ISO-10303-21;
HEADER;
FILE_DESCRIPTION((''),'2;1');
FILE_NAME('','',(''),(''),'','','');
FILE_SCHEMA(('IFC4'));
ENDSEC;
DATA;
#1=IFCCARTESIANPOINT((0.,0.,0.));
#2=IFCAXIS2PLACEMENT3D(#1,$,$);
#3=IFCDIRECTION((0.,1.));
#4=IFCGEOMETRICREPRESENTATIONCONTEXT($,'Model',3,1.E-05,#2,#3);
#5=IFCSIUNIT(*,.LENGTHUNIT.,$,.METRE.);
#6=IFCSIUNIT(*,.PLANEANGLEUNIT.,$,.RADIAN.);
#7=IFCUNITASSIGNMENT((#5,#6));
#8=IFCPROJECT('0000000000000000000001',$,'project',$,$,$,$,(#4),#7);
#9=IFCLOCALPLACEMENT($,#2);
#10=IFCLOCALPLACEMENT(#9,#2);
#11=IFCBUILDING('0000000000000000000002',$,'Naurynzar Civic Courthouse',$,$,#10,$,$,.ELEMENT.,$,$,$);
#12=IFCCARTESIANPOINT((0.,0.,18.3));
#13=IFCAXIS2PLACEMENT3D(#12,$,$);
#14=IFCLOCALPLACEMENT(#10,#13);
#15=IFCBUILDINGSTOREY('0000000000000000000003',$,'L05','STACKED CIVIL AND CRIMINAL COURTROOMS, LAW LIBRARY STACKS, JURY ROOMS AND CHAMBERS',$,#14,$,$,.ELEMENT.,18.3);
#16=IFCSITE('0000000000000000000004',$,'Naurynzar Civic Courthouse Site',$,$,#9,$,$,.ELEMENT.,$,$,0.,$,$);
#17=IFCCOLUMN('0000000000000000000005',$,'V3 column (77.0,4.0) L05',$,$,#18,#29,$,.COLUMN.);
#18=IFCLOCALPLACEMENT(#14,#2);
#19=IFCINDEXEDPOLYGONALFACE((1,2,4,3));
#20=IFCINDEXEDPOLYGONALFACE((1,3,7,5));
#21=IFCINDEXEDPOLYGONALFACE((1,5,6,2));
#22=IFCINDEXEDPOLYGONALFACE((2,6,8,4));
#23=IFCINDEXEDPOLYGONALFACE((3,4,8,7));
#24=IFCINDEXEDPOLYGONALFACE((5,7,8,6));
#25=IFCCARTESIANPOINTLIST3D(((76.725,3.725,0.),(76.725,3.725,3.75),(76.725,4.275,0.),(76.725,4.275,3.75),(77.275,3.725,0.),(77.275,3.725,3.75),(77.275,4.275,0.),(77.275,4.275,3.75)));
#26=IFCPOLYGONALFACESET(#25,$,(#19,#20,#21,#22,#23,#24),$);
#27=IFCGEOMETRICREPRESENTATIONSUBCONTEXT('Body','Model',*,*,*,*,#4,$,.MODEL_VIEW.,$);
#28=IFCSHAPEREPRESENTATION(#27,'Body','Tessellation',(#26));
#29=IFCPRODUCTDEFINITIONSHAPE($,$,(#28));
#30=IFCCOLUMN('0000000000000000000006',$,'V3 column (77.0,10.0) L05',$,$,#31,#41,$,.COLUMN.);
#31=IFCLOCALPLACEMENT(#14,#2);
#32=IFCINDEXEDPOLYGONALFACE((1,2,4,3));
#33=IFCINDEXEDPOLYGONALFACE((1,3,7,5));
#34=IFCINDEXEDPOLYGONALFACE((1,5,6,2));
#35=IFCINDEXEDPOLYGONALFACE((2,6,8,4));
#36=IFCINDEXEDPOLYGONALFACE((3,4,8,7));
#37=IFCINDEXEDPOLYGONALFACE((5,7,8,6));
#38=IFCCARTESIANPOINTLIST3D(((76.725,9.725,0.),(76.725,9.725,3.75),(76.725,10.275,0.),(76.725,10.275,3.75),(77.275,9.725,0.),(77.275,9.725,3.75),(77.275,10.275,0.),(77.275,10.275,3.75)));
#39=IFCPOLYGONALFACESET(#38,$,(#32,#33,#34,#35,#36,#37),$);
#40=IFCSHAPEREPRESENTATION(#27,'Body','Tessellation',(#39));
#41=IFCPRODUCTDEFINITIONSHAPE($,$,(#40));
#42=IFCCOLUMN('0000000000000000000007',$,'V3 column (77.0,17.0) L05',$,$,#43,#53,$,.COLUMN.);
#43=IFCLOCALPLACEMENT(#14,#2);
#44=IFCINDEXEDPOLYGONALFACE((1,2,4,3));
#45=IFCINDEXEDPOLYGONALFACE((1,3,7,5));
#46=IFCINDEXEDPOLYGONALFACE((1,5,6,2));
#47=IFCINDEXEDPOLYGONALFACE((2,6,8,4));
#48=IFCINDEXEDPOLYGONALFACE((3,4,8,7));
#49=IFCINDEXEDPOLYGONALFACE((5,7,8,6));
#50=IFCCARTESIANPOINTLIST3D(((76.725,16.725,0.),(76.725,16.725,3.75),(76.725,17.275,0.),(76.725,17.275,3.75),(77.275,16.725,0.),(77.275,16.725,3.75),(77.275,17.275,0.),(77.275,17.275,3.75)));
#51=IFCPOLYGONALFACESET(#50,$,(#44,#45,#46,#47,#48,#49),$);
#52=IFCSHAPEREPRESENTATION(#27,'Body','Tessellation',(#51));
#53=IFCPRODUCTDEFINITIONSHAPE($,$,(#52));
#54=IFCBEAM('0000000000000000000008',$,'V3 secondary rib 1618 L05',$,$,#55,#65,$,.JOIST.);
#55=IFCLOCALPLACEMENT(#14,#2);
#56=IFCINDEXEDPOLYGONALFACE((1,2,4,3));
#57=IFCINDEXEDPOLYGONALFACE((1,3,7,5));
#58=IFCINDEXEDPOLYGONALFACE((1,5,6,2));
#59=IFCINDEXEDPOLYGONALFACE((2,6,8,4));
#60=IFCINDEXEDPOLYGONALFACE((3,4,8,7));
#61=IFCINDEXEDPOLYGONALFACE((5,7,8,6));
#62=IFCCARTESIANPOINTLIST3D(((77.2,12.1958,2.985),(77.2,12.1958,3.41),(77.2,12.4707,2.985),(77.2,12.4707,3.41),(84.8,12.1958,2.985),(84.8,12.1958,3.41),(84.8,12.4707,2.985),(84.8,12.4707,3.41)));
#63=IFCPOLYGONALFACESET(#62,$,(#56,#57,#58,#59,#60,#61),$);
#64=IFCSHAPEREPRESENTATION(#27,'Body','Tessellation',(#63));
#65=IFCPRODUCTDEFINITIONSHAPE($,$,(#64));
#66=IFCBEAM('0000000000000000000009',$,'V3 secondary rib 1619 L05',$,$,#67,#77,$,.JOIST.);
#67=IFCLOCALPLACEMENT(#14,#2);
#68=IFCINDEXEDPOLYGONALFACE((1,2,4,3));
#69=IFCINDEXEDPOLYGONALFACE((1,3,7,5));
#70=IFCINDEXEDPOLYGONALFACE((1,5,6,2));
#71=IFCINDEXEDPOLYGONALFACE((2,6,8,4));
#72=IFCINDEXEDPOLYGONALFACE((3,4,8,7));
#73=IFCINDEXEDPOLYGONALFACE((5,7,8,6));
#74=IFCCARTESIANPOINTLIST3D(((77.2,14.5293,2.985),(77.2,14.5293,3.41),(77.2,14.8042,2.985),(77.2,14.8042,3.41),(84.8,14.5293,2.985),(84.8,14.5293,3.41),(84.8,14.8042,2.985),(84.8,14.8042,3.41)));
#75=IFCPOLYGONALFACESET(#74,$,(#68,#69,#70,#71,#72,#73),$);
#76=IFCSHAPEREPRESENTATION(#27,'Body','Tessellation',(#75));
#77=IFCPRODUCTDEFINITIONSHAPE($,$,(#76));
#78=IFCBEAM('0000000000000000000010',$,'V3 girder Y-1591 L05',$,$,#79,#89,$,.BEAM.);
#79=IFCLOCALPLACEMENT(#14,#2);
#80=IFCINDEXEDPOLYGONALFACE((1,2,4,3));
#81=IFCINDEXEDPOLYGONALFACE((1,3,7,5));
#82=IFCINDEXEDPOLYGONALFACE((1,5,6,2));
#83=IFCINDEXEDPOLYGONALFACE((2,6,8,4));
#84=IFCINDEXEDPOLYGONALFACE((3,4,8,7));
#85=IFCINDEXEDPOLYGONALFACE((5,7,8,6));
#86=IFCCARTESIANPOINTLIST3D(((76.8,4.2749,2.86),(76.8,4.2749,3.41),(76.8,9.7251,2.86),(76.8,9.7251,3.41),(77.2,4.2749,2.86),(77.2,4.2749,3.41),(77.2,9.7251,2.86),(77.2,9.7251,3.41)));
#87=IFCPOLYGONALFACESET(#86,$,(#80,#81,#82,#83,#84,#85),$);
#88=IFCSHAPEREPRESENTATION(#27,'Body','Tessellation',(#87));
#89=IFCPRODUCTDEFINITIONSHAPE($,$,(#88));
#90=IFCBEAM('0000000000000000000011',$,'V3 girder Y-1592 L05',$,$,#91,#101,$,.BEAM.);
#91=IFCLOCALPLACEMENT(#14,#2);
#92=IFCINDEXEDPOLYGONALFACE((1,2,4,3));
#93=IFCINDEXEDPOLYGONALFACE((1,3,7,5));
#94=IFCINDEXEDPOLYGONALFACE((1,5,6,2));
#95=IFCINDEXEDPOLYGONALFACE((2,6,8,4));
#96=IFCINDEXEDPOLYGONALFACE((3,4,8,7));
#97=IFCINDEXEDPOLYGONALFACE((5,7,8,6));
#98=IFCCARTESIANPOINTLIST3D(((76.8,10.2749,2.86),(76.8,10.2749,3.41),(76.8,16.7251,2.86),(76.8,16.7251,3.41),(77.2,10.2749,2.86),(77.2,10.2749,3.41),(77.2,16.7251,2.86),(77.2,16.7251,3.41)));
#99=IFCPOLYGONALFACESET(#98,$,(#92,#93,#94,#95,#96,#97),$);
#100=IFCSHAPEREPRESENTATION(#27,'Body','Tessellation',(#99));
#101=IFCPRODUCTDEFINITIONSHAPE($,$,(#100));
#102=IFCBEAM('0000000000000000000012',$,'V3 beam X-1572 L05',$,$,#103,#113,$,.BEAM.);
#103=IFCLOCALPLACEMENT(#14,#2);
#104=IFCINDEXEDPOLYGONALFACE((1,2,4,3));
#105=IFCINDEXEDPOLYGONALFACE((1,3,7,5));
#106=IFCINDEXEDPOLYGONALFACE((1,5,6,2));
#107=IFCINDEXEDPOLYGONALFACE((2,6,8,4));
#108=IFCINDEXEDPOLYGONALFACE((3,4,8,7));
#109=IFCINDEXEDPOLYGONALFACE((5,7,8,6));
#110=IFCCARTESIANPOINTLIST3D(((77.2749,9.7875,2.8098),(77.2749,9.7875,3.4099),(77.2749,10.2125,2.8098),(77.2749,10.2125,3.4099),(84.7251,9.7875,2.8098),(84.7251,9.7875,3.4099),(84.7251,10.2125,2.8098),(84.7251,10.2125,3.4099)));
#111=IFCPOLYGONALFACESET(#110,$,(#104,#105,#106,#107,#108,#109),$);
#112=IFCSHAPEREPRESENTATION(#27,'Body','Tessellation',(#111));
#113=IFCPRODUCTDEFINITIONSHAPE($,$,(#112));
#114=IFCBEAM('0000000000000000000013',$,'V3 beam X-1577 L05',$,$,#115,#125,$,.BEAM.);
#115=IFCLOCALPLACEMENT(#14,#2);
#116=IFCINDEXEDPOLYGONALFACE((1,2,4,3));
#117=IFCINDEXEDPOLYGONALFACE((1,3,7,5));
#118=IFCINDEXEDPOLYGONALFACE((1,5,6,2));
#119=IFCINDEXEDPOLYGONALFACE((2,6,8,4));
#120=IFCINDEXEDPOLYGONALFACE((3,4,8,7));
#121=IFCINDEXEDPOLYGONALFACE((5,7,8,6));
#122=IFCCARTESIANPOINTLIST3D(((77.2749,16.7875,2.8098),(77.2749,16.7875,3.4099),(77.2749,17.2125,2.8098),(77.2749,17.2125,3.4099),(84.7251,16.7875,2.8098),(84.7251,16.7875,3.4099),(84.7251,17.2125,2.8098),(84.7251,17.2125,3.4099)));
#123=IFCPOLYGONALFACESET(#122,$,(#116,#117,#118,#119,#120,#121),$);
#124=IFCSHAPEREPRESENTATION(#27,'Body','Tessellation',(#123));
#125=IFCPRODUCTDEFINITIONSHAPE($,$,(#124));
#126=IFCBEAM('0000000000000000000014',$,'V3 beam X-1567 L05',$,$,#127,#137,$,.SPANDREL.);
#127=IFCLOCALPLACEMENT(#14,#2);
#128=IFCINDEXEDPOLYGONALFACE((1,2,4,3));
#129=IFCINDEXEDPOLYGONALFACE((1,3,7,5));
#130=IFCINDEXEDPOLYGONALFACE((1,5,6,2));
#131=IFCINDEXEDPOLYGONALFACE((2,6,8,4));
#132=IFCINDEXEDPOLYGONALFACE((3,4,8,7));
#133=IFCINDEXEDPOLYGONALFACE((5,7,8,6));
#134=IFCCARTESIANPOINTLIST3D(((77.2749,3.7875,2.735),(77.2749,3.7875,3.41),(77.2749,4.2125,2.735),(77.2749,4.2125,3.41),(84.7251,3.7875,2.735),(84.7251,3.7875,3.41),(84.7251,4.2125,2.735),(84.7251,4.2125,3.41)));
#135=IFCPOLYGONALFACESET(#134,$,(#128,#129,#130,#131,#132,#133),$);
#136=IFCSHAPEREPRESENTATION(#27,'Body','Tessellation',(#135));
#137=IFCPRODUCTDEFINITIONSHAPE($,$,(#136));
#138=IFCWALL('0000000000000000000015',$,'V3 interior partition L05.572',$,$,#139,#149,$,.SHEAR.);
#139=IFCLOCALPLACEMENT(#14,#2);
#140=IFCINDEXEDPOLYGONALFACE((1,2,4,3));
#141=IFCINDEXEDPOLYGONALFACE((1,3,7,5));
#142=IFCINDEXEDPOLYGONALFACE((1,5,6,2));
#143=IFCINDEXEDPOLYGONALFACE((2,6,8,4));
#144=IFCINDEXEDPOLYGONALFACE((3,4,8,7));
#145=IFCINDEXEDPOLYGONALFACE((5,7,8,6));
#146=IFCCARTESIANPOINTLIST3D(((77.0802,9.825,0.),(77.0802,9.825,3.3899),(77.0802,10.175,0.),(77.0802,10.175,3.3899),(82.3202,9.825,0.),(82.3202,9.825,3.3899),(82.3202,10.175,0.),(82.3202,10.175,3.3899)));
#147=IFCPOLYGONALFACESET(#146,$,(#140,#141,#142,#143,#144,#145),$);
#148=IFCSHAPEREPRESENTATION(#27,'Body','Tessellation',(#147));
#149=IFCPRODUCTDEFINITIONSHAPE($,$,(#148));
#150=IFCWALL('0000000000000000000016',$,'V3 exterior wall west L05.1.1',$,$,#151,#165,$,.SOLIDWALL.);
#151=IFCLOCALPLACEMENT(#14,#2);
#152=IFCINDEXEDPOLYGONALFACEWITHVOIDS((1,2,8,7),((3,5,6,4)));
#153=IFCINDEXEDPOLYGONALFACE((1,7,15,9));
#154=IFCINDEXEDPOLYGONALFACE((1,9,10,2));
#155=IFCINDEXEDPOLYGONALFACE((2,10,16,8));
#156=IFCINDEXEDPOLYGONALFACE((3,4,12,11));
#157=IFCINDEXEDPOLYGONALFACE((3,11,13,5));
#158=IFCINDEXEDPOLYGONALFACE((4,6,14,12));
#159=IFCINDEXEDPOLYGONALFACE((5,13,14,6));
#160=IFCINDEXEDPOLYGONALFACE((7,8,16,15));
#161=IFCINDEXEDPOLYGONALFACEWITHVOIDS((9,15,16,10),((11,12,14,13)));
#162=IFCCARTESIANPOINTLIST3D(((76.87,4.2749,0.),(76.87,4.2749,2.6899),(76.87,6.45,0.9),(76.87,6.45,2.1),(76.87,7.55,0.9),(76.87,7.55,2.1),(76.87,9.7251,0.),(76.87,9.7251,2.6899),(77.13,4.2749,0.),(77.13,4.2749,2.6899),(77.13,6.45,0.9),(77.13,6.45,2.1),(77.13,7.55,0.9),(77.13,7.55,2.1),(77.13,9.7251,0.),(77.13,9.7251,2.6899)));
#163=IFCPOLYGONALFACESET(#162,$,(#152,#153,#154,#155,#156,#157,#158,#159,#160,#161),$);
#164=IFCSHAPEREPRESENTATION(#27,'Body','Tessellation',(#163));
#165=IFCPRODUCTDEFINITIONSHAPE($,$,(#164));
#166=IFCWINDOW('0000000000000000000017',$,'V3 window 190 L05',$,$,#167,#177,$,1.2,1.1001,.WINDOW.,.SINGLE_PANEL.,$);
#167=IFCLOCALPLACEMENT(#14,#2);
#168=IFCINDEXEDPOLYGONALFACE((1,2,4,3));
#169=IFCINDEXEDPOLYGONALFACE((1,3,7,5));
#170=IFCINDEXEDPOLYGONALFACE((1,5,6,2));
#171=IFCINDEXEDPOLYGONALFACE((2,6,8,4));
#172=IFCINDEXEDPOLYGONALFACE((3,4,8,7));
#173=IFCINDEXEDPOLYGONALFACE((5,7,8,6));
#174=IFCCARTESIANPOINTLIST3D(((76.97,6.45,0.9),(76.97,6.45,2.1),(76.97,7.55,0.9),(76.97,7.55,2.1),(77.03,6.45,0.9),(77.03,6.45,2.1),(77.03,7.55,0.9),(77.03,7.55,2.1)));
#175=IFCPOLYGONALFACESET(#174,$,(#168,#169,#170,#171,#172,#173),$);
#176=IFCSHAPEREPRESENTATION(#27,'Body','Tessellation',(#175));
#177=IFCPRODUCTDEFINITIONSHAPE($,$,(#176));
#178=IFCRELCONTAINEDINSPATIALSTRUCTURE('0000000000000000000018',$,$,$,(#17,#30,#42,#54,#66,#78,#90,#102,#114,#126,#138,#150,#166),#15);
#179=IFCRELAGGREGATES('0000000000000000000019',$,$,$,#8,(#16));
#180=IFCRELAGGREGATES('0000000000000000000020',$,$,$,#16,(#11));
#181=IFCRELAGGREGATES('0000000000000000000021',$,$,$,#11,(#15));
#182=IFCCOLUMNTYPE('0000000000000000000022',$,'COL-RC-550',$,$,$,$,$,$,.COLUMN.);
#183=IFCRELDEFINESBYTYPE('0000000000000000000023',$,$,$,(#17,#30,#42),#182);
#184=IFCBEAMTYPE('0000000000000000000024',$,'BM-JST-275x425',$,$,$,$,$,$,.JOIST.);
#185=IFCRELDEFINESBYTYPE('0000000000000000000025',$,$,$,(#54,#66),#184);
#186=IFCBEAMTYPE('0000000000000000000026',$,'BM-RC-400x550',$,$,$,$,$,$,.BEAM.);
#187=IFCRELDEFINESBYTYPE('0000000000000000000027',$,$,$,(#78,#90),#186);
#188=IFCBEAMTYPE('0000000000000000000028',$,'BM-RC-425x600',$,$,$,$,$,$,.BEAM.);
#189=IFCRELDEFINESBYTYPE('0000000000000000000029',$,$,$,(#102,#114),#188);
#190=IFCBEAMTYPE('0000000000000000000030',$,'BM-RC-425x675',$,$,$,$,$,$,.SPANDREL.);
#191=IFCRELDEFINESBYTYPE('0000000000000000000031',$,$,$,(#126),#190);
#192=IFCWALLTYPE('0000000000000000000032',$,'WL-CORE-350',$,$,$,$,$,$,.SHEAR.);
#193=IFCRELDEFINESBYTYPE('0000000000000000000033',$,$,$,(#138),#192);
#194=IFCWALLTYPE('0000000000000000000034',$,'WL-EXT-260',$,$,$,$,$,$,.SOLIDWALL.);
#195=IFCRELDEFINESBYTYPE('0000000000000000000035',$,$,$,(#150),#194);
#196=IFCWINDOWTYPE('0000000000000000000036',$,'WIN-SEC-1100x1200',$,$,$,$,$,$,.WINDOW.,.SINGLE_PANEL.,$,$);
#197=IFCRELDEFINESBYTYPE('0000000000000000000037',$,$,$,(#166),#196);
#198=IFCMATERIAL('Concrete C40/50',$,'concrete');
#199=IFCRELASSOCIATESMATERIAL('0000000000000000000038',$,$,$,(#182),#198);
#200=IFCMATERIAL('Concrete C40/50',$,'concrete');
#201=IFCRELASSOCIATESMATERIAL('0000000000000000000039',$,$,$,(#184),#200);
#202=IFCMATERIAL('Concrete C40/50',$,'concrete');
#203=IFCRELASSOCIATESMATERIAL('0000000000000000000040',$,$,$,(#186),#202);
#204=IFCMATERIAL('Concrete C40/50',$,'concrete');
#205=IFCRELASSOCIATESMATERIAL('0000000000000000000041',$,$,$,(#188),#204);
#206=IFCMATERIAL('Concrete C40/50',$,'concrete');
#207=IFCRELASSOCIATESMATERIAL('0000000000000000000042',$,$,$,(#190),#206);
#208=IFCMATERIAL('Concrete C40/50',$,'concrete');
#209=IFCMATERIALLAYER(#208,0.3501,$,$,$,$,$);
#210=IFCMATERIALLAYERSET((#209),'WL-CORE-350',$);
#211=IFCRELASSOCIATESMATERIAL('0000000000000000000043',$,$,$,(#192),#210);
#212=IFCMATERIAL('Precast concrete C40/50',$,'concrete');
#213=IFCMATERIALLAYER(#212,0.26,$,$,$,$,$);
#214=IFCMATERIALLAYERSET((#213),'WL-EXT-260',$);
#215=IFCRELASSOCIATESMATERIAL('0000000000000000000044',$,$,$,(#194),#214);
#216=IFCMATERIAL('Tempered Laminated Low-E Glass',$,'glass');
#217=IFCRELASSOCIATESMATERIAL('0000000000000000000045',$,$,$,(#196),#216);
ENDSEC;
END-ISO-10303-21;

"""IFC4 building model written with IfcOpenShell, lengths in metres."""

from ifc_helpers import new_model, si_unit, direction, frame, frame_2d, origin, origin_2d, place, context, subcontext, project, spatial, rectangle, extrude, material, layer, layer_set, material_profile, profile_set, type_object, element, fill, save


model = new_model("IFC4")

# Units and contexts
model_context = context("Model", 3, precision=1e-05, world=origin(), true_north=direction((0.0, 1.0)))
body_context = subcontext(model_context, "Body", "Model", "MODEL_VIEW")
ifc_project = project(units=[si_unit("LENGTHUNIT", "METRE"), si_unit("PLANEANGLEUNIT", "RADIAN")], contexts=[model_context])

# Site, building, storey
site_placement = place(None, origin())
site = spatial("IfcSite", under=ifc_project, at=site_placement, Name="Naurynzar Civic Courthouse Site", CompositionType="ELEMENT", RefElevation=0.0)
building_placement = place(site_placement, origin())
building = spatial("IfcBuilding", under=site, at=building_placement, Name="Naurynzar Civic Courthouse", CompositionType="ELEMENT")
storey_placement = place(building_placement, frame((0.0, 0.0, 18.3)))
storey = spatial("IfcBuildingStorey", under=building, at=storey_placement, Name="L05", Description="STACKED CIVIL AND CRIMINAL COURTROOMS, LAW LIBRARY STACKS, JURY ROOMS AND CHAMBERS", CompositionType="ELEMENT", Elevation=18.3)

# Columns
ifc_material_1 = material(Name="Concrete C40/50", Category="concrete")
ifc_material_profile_1 = material_profile(ifc_material_1, rectangle(XDim=0.55, YDim=0.55, at=origin_2d()), Name="RC 550x550")
ifc_profile_set_1 = profile_set([ifc_material_profile_1], Name="Concrete C40/50")
column_type = type_object("IfcColumnType", Name="COL-RC-550", PredefinedType="COLUMN", material=ifc_profile_set_1)
for number, where, z_axis, x_axis, name in (
    (1, (77.0, 4.0, 0.0), (0.0, 0.0, 1.0), (1.0, 0.0, 0.0), "V3 column (77.0,4.0) L05"),
    (2, (77.0, 10.0, 0.0), (0.0, 0.0, 1.0), (1.0, 0.0, 0.0), "V3 column (77.0,10.0) L05"),
    (3, (77.0, 17.0, 0.0), (0.0, 0.0, 1.0), (1.0, 0.0, 0.0), "V3 column (77.0,17.0) L05"),
):
    element("IfcColumn", number, at=place(storey_placement, frame(where, z_axis=z_axis, x_axis=x_axis)), inside=storey, type_object=column_type, Name=name, PredefinedType="COLUMN", context=body_context, shape_type="SweptSolid", body=[
        extrude(rectangle(XDim=0.55, YDim=0.55, at=origin_2d()), origin(), (0.0, 0.0, 1.0), 3.75),
    ])

# Beams
ifc_material_2 = material(Name="Concrete C40/50", Category="concrete")
ifc_material_profile_2 = material_profile(ifc_material_2, rectangle(XDim=0.2749, YDim=0.425, at=origin_2d()), Name="RCB 275x425")
ifc_profile_set_2 = profile_set([ifc_material_profile_2], Name="Concrete C40/50")
beam_type_1 = type_object("IfcBeamType", Name="BM-JST-275x425", PredefinedType="JOIST", material=ifc_profile_set_2)
for number, where, z_axis, x_axis, name in (
    (4, (77.2, 12.3333, 3.1975), (1.0, 0.0, 0.0), (0.0, 1.0, 0.0), "V3 secondary rib 1618 L05"),
    (5, (77.2, 14.6667, 3.1975), (1.0, 0.0, 0.0), (0.0, 1.0, 0.0), "V3 secondary rib 1619 L05"),
):
    element("IfcBeam", number, at=place(storey_placement, frame(where, z_axis=z_axis, x_axis=x_axis)), inside=storey, type_object=beam_type_1, Name=name, PredefinedType="JOIST", context=body_context, shape_type="SweptSolid", body=[
        extrude(rectangle(XDim=0.2749, YDim=0.425, at=origin_2d()), origin(), (0.0, 0.0, 1.0), 7.6001),
    ])
ifc_material_3 = material(Name="Concrete C40/50", Category="concrete")
ifc_material_profile_3 = material_profile(ifc_material_3, rectangle(XDim=0.3999, YDim=0.55, at=origin_2d()), Name="RCB 400x550")
ifc_profile_set_3 = profile_set([ifc_material_profile_3], Name="Concrete C40/50")
beam_type_2 = type_object("IfcBeamType", Name="BM-RC-400x550", PredefinedType="BEAM", material=ifc_profile_set_3)
beam_1_placement = place(storey_placement, frame((77.0, 4.2749, 3.135), z_axis=(0.0, 1.0, 0.0), x_axis=(-1.0, 0.0, 0.0)))
element("IfcBeam", 6, at=beam_1_placement, inside=storey, type_object=beam_type_2, Name="V3 girder Y-1591 L05", PredefinedType="BEAM", context=body_context, shape_type="SweptSolid", body=[
    extrude(rectangle(XDim=0.3999, YDim=0.55, at=origin_2d()), origin(), (0.0, 0.0, 1.0), 5.4502),
])
beam_2_placement = place(storey_placement, frame((77.0, 10.2749, 3.135), z_axis=(0.0, 1.0, 0.0), x_axis=(-1.0, 0.0, 0.0)))
element("IfcBeam", 7, at=beam_2_placement, inside=storey, type_object=beam_type_2, Name="V3 girder Y-1592 L05", PredefinedType="BEAM", context=body_context, shape_type="SweptSolid", body=[
    extrude(rectangle(XDim=0.3999, YDim=0.55, at=origin_2d()), origin(), (0.0, 0.0, 1.0), 6.4502),
])
ifc_material_4 = material(Name="Concrete C40/50", Category="concrete")
ifc_material_profile_4 = material_profile(ifc_material_4, rectangle(XDim=0.425, YDim=0.6001, at=origin_2d()), Name="RCB 425x600")
ifc_profile_set_4 = profile_set([ifc_material_profile_4], Name="Concrete C40/50")
beam_type_3 = type_object("IfcBeamType", Name="BM-RC-425x600", PredefinedType="BEAM", material=ifc_profile_set_4)
for number, where, z_axis, x_axis, name in (
    (8, (77.2749, 10.0, 3.1099), (1.0, 0.0, 0.0), (0.0, 1.0, 0.0), "V3 beam X-1572 L05"),
    (9, (77.2749, 17.0, 3.1099), (1.0, 0.0, 0.0), (0.0, 1.0, 0.0), "V3 beam X-1577 L05"),
):
    element("IfcBeam", number, at=place(storey_placement, frame(where, z_axis=z_axis, x_axis=x_axis)), inside=storey, type_object=beam_type_3, Name=name, PredefinedType="BEAM", context=body_context, shape_type="SweptSolid", body=[
        extrude(rectangle(XDim=0.425, YDim=0.6001, at=origin_2d()), origin(), (0.0, 0.0, 1.0), 7.4502),
    ])
ifc_material_5 = material(Name="Concrete C40/50", Category="concrete")
ifc_material_profile_5 = material_profile(ifc_material_5, rectangle(XDim=0.425, YDim=0.675, at=origin_2d()), Name="RCB 425x675")
ifc_profile_set_5 = profile_set([ifc_material_profile_5], Name="Concrete C40/50")
beam_type_4 = type_object("IfcBeamType", Name="BM-RC-425x675", PredefinedType="SPANDREL", material=ifc_profile_set_5)
beam_3_placement = place(storey_placement, frame((77.2749, 4.0, 3.0725), z_axis=(1.0, 0.0, 0.0), x_axis=(0.0, 1.0, 0.0)))
element("IfcBeam", 10, at=beam_3_placement, inside=storey, type_object=beam_type_4, Name="V3 beam X-1567 L05", PredefinedType="SPANDREL", context=body_context, shape_type="SweptSolid", body=[
    extrude(rectangle(XDim=0.425, YDim=0.675, at=origin_2d()), origin(), (0.0, 0.0, 1.0), 7.4502),
])

# Wall
ifc_material_6 = material(Name="Concrete C40/50", Category="concrete")
ifc_layer_1 = layer(ifc_material_6, 0.3501)
ifc_layer_set_1 = layer_set([ifc_layer_1], Name="WL-CORE-350")
wall_type_1 = type_object("IfcWallType", Name="WL-CORE-350", PredefinedType="SHEAR", material=ifc_layer_set_1)
wall_1_placement = place(storey_placement, frame((77.0801, 10.0, 0.0), z_axis=(0.0, 0.0, 1.0), x_axis=(1.0, 0.0, 0.0)))
element("IfcWall", 11, at=wall_1_placement, inside=storey, type_object=wall_type_1, Name="V3 interior partition L05.572", PredefinedType="SHEAR", context=body_context, shape_type="SweptSolid", body=[
    extrude(rectangle(XDim=5.24, YDim=0.3501, at=frame_2d((2.6201, 0.0))), origin(), (0.0, 0.0, 1.0), 3.3899),
])

# Wall, opening, window
ifc_material_7 = material(Name="Precast concrete C40/50", Category="concrete")
ifc_layer_2 = layer(ifc_material_7, 0.26)
ifc_layer_set_2 = layer_set([ifc_layer_2], Name="WL-EXT-260")
wall_type_2 = type_object("IfcWallType", Name="WL-EXT-260", PredefinedType="SOLIDWALL", material=ifc_layer_set_2)
wall_2_placement = place(storey_placement, frame((77.0, 4.2749, 0.0), z_axis=(0.0, 0.0, 1.0), x_axis=(0.0, 1.0, 0.0)))
wall_2 = element("IfcWall", 12, at=wall_2_placement, inside=storey, type_object=wall_type_2, Name="V3 exterior wall west L05.1.1", PredefinedType="SOLIDWALL", context=body_context, shape_type="SweptSolid", body=[
    extrude(rectangle(XDim=5.4502, YDim=0.26, at=frame_2d((2.7251, 0.0))), origin(), (0.0, 0.0, 1.0), 2.6899),
])
opening_1_placement = place(wall_2_placement, frame((2.175, 0.0, 0.8999)))
opening_1 = element("IfcOpeningElement", 13, at=opening_1_placement, cuts=wall_2, PredefinedType="OPENING", context=body_context, shape_type="SweptSolid", body=[
    extrude(rectangle(XDim=1.1001, YDim=1.2, at=frame_2d((0.55, 0.6001))), frame((0.0, 0.1399, 0.0), z_axis=(0.0, -1.0, 0.0), x_axis=(1.0, 0.0, 0.0)), (0.0, 0.0, 1.0), 0.28),
])
ifc_material_8 = material(Name="Tempered Laminated Low-E Glass", Category="glass")
window_type_1 = type_object("IfcWindowType", Name="WIN-SEC-1100x1200", PartitioningType="SINGLE_PANEL", PredefinedType="WINDOW", material=ifc_material_8)
window_1_placement = place(opening_1_placement, origin())
window_1 = element("IfcWindow", 14, at=window_1_placement, inside=storey, type_object=window_type_1, Name="V3 window 190 L05", OverallHeight=1.2, OverallWidth=1.1001, PartitioningType="SINGLE_PANEL", PredefinedType="WINDOW", context=body_context, shape_type="SweptSolid", body=[
    extrude(rectangle(XDim=1.1001, YDim=1.2, at=frame_2d((0.55, 0.6001))), frame((0.0, 0.03, 0.0), z_axis=(0.0, -1.0, 0.0), x_axis=(1.0, 0.0, 0.0)), (0.0, 0.0, 1.0), 0.0601),
])
fill(opening_1, window_1)

save(model, "model.ifc")
